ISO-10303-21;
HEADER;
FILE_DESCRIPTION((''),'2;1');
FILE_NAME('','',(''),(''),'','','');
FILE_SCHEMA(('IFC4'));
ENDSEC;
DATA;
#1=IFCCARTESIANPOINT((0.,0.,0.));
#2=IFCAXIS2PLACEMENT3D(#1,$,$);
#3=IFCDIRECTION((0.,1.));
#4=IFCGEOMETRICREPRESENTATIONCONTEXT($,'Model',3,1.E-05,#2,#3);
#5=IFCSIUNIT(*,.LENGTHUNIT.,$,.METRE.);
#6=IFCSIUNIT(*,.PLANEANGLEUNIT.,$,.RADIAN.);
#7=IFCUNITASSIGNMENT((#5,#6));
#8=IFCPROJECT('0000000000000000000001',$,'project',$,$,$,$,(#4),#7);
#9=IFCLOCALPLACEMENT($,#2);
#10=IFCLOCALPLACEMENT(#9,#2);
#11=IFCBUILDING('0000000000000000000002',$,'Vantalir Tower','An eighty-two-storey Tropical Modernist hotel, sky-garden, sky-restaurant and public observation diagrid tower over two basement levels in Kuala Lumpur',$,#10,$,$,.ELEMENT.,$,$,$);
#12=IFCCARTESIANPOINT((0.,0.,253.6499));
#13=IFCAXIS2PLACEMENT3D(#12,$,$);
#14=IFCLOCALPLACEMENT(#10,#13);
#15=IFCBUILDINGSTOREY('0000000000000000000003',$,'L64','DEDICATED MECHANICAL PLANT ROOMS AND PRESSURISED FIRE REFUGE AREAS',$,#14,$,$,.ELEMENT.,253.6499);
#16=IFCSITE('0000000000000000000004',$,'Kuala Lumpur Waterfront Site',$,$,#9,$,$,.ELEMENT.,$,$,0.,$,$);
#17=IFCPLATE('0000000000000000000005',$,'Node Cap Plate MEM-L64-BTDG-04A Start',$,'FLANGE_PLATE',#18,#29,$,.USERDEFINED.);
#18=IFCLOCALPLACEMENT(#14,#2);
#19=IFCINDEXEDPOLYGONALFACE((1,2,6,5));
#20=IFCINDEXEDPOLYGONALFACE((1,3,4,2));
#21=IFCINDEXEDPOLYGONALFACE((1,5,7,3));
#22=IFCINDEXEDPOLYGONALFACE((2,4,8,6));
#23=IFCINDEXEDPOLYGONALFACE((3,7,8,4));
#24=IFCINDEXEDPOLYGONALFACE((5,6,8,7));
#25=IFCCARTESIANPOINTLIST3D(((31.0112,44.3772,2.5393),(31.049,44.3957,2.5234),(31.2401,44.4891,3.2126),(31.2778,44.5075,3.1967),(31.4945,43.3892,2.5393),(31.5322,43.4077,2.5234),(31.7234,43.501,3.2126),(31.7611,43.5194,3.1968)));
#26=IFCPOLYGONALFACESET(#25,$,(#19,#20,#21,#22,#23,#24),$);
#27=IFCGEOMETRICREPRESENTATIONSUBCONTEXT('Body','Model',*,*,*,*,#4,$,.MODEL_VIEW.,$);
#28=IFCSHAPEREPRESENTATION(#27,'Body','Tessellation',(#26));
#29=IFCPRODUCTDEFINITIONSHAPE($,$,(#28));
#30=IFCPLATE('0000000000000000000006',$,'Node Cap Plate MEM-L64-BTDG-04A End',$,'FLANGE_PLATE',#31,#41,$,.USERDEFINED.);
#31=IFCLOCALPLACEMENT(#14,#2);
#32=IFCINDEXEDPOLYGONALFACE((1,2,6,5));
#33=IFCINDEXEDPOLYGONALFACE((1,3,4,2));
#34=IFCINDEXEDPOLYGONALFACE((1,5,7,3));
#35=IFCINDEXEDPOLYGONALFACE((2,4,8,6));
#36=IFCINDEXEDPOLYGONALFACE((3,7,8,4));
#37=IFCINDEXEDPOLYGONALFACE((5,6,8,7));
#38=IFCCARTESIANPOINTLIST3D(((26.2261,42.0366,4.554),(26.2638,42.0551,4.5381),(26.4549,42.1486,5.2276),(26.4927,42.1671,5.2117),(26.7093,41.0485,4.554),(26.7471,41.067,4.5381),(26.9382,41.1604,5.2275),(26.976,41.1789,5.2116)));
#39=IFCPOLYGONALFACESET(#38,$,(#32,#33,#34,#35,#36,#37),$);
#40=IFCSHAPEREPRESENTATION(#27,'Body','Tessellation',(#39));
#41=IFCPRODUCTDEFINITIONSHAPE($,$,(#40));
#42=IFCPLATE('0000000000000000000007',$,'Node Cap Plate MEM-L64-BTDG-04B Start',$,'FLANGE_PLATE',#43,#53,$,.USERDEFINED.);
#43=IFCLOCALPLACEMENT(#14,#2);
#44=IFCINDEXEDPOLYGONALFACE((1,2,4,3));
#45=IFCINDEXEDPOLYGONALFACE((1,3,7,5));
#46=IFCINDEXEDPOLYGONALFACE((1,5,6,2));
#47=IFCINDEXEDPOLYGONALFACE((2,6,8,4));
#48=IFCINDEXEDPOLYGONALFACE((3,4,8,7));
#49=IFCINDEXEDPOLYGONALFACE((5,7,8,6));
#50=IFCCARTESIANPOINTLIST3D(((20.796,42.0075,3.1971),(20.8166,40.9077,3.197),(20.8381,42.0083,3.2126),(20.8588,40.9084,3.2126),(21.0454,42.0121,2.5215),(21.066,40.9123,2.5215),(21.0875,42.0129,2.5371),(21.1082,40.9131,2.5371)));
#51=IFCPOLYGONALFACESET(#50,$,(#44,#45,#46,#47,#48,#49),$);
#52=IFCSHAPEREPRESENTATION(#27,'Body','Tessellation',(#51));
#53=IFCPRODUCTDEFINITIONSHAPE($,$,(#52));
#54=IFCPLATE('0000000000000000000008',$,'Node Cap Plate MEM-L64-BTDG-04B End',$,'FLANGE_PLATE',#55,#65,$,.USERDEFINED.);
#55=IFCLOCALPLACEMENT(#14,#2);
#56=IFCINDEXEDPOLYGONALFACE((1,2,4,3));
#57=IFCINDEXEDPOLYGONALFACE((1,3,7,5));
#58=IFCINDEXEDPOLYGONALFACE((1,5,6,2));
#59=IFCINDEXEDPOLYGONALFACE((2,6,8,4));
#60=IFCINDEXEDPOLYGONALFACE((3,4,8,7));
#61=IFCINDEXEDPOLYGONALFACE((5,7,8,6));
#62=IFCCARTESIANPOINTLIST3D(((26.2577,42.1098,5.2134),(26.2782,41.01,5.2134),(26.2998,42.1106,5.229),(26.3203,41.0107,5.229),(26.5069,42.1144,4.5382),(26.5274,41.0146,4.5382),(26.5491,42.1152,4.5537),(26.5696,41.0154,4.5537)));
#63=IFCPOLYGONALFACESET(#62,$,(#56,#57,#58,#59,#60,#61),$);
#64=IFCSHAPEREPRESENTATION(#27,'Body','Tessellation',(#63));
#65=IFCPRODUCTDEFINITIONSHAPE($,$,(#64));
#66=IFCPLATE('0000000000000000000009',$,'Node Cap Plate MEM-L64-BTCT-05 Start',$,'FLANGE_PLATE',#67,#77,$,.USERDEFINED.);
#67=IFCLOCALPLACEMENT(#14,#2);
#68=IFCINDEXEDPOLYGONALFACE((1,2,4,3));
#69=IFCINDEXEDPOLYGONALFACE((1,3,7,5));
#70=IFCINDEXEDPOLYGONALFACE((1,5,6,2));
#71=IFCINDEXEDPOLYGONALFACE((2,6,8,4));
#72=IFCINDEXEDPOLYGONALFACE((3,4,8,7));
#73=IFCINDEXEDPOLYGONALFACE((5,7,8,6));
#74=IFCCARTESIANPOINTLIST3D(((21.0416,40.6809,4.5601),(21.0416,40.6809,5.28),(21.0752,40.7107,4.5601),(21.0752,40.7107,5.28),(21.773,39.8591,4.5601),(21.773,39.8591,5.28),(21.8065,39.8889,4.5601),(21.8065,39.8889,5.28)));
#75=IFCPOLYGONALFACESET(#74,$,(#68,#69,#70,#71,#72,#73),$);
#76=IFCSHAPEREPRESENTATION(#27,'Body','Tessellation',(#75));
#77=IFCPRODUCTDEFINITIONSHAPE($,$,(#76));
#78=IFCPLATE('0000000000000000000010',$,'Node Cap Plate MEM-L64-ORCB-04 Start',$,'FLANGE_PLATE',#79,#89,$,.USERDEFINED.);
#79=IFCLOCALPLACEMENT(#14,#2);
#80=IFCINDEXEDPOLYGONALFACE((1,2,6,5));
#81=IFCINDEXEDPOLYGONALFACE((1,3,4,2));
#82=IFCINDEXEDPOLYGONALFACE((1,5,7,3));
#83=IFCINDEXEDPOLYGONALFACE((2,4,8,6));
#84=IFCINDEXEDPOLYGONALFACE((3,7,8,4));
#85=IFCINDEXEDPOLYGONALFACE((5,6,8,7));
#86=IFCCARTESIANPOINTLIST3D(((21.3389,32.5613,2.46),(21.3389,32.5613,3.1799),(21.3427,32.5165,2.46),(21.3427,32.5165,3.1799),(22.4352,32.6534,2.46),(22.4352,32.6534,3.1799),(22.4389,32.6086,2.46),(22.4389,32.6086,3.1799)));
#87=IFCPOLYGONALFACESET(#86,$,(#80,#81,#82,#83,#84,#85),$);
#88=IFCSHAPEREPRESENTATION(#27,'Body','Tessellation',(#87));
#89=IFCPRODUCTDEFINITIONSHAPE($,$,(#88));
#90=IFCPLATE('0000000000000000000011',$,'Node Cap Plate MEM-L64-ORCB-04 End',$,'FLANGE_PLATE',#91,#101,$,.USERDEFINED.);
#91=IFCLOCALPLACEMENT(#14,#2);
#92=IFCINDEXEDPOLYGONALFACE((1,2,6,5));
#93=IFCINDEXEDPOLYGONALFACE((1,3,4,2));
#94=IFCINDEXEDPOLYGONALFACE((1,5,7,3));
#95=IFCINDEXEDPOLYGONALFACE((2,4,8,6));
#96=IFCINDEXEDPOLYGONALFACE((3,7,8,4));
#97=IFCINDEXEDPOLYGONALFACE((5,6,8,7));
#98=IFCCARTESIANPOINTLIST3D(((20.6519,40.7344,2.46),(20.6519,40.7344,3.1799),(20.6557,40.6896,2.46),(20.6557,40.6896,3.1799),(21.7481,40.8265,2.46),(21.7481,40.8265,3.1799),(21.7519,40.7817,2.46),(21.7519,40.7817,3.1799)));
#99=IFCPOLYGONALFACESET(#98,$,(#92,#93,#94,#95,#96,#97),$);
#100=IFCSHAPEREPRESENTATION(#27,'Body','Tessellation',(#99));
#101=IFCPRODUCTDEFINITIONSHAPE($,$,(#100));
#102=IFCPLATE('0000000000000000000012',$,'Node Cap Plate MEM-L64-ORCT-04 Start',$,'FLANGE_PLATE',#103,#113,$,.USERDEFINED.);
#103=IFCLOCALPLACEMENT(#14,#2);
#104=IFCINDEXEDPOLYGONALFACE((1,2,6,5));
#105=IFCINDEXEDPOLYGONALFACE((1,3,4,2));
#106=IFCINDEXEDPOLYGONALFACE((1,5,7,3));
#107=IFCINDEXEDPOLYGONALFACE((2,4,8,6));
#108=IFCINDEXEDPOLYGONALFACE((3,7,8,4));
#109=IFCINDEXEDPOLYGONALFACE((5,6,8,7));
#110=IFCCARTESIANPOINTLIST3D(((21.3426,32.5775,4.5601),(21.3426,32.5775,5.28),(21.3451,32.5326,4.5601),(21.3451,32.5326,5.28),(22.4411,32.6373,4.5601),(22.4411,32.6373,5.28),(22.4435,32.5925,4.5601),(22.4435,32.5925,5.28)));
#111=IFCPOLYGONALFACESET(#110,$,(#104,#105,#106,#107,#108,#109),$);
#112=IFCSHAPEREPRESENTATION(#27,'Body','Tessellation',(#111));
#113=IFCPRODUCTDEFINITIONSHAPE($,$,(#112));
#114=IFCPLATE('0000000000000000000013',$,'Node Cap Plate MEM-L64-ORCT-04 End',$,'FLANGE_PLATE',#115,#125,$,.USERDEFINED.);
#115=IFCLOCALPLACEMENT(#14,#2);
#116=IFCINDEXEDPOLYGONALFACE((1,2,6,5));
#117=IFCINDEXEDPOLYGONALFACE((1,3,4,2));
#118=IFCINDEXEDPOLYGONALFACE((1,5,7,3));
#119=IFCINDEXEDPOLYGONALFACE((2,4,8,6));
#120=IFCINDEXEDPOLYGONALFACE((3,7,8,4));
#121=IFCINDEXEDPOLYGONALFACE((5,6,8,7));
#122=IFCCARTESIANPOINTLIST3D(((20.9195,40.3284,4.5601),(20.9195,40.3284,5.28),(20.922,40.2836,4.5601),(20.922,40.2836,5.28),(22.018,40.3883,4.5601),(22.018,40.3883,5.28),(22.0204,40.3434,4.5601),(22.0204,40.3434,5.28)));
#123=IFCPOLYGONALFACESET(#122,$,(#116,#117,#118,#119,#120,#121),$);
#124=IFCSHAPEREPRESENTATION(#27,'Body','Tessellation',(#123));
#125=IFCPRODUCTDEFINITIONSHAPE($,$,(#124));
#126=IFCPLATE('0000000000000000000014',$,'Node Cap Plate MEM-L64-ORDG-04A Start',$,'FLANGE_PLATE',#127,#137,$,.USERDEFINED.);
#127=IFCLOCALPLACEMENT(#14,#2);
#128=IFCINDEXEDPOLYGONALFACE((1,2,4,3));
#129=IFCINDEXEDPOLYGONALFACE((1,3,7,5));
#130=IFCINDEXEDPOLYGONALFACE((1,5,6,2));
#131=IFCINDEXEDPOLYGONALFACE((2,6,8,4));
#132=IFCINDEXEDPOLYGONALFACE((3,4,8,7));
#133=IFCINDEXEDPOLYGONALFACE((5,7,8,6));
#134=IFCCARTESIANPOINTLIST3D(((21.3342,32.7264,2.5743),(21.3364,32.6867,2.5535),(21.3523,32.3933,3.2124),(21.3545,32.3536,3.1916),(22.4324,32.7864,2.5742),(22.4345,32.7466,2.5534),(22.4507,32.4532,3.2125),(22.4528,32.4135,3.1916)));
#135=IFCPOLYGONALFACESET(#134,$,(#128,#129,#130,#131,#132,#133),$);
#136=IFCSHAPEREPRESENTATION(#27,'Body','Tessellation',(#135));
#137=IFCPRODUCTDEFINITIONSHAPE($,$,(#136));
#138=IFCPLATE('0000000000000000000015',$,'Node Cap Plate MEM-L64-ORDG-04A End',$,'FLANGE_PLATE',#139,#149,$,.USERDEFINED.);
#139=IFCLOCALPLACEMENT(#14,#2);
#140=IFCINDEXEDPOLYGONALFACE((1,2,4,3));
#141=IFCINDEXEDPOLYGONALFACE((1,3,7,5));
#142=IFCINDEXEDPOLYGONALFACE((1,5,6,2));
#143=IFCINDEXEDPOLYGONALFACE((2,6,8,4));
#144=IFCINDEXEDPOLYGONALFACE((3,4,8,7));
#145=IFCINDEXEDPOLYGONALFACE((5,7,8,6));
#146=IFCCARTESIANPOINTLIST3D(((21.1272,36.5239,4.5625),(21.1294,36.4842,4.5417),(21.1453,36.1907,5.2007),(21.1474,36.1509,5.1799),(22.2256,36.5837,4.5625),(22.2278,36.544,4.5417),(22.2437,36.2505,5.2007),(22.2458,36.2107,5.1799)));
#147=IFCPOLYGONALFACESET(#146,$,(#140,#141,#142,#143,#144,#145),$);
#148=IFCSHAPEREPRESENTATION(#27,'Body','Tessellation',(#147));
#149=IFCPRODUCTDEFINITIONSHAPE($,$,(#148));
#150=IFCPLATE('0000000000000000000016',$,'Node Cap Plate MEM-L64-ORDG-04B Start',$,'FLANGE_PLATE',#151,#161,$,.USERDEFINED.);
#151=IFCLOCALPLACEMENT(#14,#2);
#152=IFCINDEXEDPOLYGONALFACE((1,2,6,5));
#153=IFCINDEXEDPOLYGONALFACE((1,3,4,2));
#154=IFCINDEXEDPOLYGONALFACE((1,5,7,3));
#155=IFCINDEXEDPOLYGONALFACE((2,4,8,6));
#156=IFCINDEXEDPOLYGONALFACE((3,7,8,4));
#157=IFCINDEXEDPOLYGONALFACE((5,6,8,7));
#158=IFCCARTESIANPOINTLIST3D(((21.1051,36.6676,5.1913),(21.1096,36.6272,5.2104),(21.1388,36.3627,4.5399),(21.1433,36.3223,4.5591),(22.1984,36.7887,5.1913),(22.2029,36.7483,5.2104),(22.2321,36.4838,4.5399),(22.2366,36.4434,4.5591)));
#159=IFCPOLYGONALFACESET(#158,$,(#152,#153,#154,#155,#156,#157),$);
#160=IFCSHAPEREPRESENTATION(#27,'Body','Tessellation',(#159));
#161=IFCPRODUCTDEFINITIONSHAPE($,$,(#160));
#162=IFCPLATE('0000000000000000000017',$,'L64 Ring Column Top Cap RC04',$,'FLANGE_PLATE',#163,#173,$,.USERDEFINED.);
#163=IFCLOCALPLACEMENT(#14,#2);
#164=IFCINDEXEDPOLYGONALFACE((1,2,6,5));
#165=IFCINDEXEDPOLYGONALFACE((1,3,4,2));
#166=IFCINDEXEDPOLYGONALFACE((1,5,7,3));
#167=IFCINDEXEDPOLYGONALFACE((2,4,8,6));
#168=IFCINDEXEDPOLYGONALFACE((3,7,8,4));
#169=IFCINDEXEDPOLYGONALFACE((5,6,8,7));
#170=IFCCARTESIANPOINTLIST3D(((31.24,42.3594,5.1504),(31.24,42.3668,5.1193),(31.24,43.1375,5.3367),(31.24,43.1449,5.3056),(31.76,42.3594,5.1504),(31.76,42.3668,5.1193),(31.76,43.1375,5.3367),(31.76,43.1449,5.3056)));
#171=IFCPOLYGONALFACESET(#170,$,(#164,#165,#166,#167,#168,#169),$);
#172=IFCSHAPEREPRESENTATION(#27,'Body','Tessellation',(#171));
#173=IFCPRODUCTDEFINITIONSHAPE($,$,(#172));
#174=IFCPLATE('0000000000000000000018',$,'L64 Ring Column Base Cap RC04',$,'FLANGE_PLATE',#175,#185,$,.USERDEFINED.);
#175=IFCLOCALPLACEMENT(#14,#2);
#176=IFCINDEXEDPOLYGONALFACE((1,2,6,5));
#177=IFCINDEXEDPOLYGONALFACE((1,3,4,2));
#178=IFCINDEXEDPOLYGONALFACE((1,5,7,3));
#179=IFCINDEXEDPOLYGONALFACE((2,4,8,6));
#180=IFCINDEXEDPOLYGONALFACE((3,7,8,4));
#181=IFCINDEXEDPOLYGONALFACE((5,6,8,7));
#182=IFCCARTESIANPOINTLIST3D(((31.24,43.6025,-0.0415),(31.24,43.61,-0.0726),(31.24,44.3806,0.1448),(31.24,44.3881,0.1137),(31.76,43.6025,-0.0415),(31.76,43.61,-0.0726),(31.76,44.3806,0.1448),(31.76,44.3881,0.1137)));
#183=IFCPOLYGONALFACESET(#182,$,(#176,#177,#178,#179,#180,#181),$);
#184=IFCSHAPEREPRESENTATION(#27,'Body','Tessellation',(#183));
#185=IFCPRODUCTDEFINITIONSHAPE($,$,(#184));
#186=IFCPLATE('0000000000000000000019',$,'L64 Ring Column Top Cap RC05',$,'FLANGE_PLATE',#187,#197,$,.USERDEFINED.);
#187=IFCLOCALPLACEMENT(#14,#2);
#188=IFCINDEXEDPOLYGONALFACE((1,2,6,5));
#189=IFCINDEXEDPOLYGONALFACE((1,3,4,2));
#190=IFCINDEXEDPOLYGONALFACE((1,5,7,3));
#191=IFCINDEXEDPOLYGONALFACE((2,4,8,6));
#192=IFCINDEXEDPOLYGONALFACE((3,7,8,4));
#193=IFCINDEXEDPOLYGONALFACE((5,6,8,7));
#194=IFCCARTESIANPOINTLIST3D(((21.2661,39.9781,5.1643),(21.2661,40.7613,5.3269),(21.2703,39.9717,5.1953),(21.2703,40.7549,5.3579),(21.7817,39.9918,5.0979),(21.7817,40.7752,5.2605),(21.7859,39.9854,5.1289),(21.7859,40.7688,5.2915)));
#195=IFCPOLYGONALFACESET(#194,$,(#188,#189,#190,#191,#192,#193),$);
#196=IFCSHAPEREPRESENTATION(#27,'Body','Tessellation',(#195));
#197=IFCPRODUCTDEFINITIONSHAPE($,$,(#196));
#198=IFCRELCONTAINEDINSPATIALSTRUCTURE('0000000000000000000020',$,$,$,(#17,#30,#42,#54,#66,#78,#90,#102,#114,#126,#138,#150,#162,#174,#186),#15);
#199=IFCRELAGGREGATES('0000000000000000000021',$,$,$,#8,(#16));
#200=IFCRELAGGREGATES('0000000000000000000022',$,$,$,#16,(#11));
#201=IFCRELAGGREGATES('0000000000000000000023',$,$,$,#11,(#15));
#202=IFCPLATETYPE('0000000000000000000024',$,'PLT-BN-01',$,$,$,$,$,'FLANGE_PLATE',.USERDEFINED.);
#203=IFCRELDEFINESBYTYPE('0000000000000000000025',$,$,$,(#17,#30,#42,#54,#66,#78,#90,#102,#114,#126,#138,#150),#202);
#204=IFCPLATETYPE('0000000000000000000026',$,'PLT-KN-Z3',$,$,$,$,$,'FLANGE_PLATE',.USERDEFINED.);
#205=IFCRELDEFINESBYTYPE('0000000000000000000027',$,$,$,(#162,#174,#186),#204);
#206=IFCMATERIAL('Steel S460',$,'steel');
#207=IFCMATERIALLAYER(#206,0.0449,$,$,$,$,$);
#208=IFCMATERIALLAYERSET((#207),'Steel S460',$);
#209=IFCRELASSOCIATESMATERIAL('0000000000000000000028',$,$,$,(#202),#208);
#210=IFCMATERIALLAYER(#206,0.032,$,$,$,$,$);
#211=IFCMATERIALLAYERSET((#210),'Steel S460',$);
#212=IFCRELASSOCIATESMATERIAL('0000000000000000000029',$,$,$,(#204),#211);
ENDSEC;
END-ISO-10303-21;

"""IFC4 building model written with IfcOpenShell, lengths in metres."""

from ifc_helpers import new_model, si_unit, direction, frame, origin, origin_2d, place, context, subcontext, project, spatial, polyline, rectangle, outline, extrude, material, layer, layer_set, type_object, element, save


model = new_model("IFC4")

# Units and contexts
model_context = context("Model", 3, precision=1e-05, world=origin(), true_north=direction((0.0, 1.0)))
body_context = subcontext(model_context, "Body", "Model", "MODEL_VIEW")
ifc_project = project(units=[si_unit("LENGTHUNIT", "METRE"), si_unit("PLANEANGLEUNIT", "RADIAN")], contexts=[model_context])

# Site, building, storey
site_placement = place(None, origin())
site = spatial("IfcSite", under=ifc_project, at=site_placement, Name="Kuala Lumpur Waterfront Site", CompositionType="ELEMENT", RefElevation=0.0)
building_placement = place(site_placement, origin())
building = spatial("IfcBuilding", under=site, at=building_placement, Name="Vantalir Tower", Description="An eighty-two-storey Tropical Modernist hotel, sky-garden, sky-restaurant and public observation diagrid tower over two basement levels in Kuala Lumpur", CompositionType="ELEMENT")
storey_placement = place(building_placement, frame((0.0, 0.0, 253.6499)))
storey = spatial("IfcBuildingStorey", under=building, at=storey_placement, Name="L64", Description="DEDICATED MECHANICAL PLANT ROOMS AND PRESSURISED FIRE REFUGE AREAS", CompositionType="ELEMENT", Elevation=253.6499)

# Shared definitions
ifc_material_1 = material(Name="Steel S460", Category="steel")

# Plates
ifc_layer_1 = layer(ifc_material_1, 0.0449)
ifc_layer_set_1 = layer_set([ifc_layer_1], Name="Steel S460")
plate_type_1 = type_object("IfcPlateType", Name="PLT-BN-01", ElementType="FLANGE_PLATE", PredefinedType="USERDEFINED", material=ifc_layer_set_1)
plate_1_placement = place(storey_placement, frame((31.0112, 44.3772, 2.5393), z_axis=(-0.840185, -0.410958, 0.35384), x_axis=(0.439372, -0.898305, -0.000033)))
element("IfcPlate", 1, at=plate_1_placement, inside=storey, type_object=plate_type_1, Name="Node Cap Plate MEM-L64-BTDG-04A Start", ObjectType="FLANGE_PLATE", PredefinedType="USERDEFINED", context=body_context, shape_type="SweptSolid", body=[
    extrude(outline(polyline([(0.0, 0.0), (1.0998, 0.0), (1.1, 0.72), (0.0, 0.7199), (0.0, 0.0)])), origin(), (0.0, 0.0, -1.0), 0.0449),
])
plate_2_placement = place(storey_placement, frame((26.2261, 42.0366, 4.554), z_axis=(-0.840221, -0.410925, 0.353793), x_axis=(0.439356, -0.898313, 0.000049)))
element("IfcPlate", 2, at=plate_2_placement, inside=storey, type_object=plate_type_1, Name="Node Cap Plate MEM-L64-BTDG-04A End", ObjectType="FLANGE_PLATE", PredefinedType="USERDEFINED", context=body_context, shape_type="SweptSolid", body=[
    extrude(outline(polyline([(0.0, 0.0), (1.1, 0.0), (1.1, 0.7201), (0.0, 0.7202), (0.0, 0.0)])), origin(), (0.0, 0.0, -1.0), 0.0449),
])
plate_3_placement = place(storey_placement, frame((21.1082, 40.9131, 2.5371), z_axis=(0.93793, 0.017593, 0.346379), x_axis=(-0.01874, 0.999824, -0.000036)))
element("IfcPlate", 3, at=plate_3_placement, inside=storey, type_object=plate_type_1, Name="Node Cap Plate MEM-L64-BTDG-04B Start", ObjectType="FLANGE_PLATE", PredefinedType="USERDEFINED", context=body_context, shape_type="SweptSolid", body=[
    extrude(outline(polyline([(0.0, 0.0), (1.1, 0.0), (1.1001, 0.7202), (0.0, 0.7201), (0.0, 0.0)])), origin(), (0.0, 0.0, -1.0), 0.0449),
])
plate_4_placement = place(storey_placement, frame((26.5696, 41.0154, 4.5537), z_axis=(0.937946, 0.017489, 0.34634), x_axis=(-0.018643, 0.999826, 0.0)))
element("IfcPlate", 4, at=plate_4_placement, inside=storey, type_object=plate_type_1, Name="Node Cap Plate MEM-L64-BTDG-04B End", ObjectType="FLANGE_PLATE", PredefinedType="USERDEFINED", context=body_context, shape_type="SweptSolid", body=[
    extrude(outline(polyline([(0.0, 0.0), (1.1, 0.0), (1.1001, 0.7198), (0.0, 0.7198), (0.0, 0.0)])), origin(), (0.0, 0.0, -1.0), 0.0449),
])
for number, where, z_axis, x_axis, name in (
    (5, (21.4241, 40.2849, 4.5601), (0.0, 0.0, 1.0), (-0.747033, -0.664787, 0.0), "Node Cap Plate MEM-L64-BTCT-05 Start"),
    (6, (21.8889, 32.585, 2.46), (0.0, 0.0, 1.0), (-0.08373, 0.996488, 0.0), "Node Cap Plate MEM-L64-ORCB-04 Start"),
    (7, (21.2019, 40.7581, 2.46), (0.0, 0.0, 1.0), (-0.08373, 0.996488, 0.0), "Node Cap Plate MEM-L64-ORCB-04 End"),
    (8, (21.8931, 32.585, 4.5601), (0.0, 0.0, 1.0), (-0.054427, 0.998518, 0.0), "Node Cap Plate MEM-L64-ORCT-04 Start"),
    (9, (21.47, 40.3359, 4.5601), (0.0, 0.0, 1.0), (-0.054427, 0.998518, 0.0), "Node Cap Plate MEM-L64-ORCT-04 End"),
):
    element("IfcPlate", number, at=place(storey_placement, frame(where, z_axis=z_axis, x_axis=x_axis)), inside=storey, type_object=plate_type_1, Name=name, ObjectType="FLANGE_PLATE", PredefinedType="USERDEFINED", context=body_context, shape_type="SweptSolid", body=[
        extrude(rectangle(XDim=0.0449, YDim=1.1001, at=origin_2d()), origin(), (0.0, 0.0, 1.0), 0.72),
    ])
plate_5_placement = place(storey_placement, frame((22.4324, 32.7864, 2.5742), z_axis=(-0.048292, 0.884892, 0.463287), x_axis=(-0.998513, -0.054518, 0.000048)))
element("IfcPlate", 10, at=plate_5_placement, inside=storey, type_object=plate_type_1, Name="Node Cap Plate MEM-L64-ORDG-04A Start", ObjectType="FLANGE_PLATE", PredefinedType="USERDEFINED", context=body_context, shape_type="SweptSolid", body=[
    extrude(outline(polyline([(0.0, 0.0), (1.0998, 0.0), (1.0999, 0.7201), (-0.0001, 0.7202), (0.0, 0.0)])), origin(), (0.0, 0.0, -1.0), 0.0449),
])
plate_6_placement = place(storey_placement, frame((22.2256, 36.5837, 4.5625), z_axis=(-0.048185, 0.884832, 0.463413), x_axis=(-0.998521, -0.054376, 0.0)))
element("IfcPlate", 11, at=plate_6_placement, inside=storey, type_object=plate_type_1, Name="Node Cap Plate MEM-L64-ORDG-04A End", ObjectType="FLANGE_PLATE", PredefinedType="USERDEFINED", context=body_context, shape_type="SweptSolid", body=[
    extrude(outline(polyline([(0.0, 0.0), (1.1, 0.0), (1.1001, 0.7202), (0.0001, 0.7202), (0.0, 0.0)])), origin(), (0.0, 0.0, -1.0), 0.0449),
])
plate_7_placement = place(storey_placement, frame((21.1433, 36.3223, 4.5591), z_axis=(0.099597, -0.89918, 0.426094), x_axis=(0.993922, 0.11009, 0.0)))
element("IfcPlate", 12, at=plate_7_placement, inside=storey, type_object=plate_type_1, Name="Node Cap Plate MEM-L64-ORDG-04B Start", ObjectType="FLANGE_PLATE", PredefinedType="USERDEFINED", context=body_context, shape_type="SweptSolid", body=[
    extrude(outline(polyline([(0.0, 0.0), (1.0999, 0.0), (1.1, 0.72), (0.0001, 0.72), (0.0, 0.0)])), origin(), (0.0, 0.0, -1.0), 0.0449),
])
ifc_layer_2 = layer(ifc_material_1, 0.032)
ifc_layer_set_2 = layer_set([ifc_layer_2], Name="Steel S460")
plate_type_2 = type_object("IfcPlateType", Name="PLT-KN-Z3", ElementType="FLANGE_PLATE", PredefinedType="USERDEFINED", material=ifc_layer_set_2)
for number, where, z_axis, x_axis, name in (
    (13, (31.24, 43.1375, 5.3367), (0.0, -0.23283, 0.972517), (0.0, -0.972517, -0.23283), "L64 Ring Column Top Cap RC04"),
    (14, (31.24, 44.3806, 0.1448), (0.0, -0.23283, 0.972517), (0.0, -0.972517, -0.23283), "L64 Ring Column Base Cap RC04"),
):
    element("IfcPlate", number, at=place(storey_placement, frame(where, z_axis=z_axis, x_axis=x_axis)), inside=storey, type_object=plate_type_2, Name=name, ObjectType="FLANGE_PLATE", PredefinedType="USERDEFINED", context=body_context, shape_type="SweptSolid", body=[
        extrude(outline(polyline([(0.0, 0.0), (0.8001, 0.0), (0.8001, 0.52), (0.0, 0.52), (0.0, 0.0)])), origin(), (0.0, 0.0, -1.0), 0.032),
    ])
plate_8_placement = place(storey_placement, frame((21.2703, 40.7549, 5.3579), z_axis=(0.130414, -0.201506, 0.970767), x_axis=(0.000004, -0.979129, -0.203242)))
element("IfcPlate", 15, at=plate_8_placement, inside=storey, type_object=plate_type_2, Name="L64 Ring Column Top Cap RC05", ObjectType="FLANGE_PLATE", PredefinedType="USERDEFINED", context=body_context, shape_type="SweptSolid", body=[
    extrude(outline(polyline([(0.0, 0.0), (0.7999, 0.0), (0.8, 0.5201), (-0.0001, 0.5201), (0.0, 0.0)])), origin(), (0.0, 0.0, -1.0), 0.032),
])

save(model, "model.ifc")
